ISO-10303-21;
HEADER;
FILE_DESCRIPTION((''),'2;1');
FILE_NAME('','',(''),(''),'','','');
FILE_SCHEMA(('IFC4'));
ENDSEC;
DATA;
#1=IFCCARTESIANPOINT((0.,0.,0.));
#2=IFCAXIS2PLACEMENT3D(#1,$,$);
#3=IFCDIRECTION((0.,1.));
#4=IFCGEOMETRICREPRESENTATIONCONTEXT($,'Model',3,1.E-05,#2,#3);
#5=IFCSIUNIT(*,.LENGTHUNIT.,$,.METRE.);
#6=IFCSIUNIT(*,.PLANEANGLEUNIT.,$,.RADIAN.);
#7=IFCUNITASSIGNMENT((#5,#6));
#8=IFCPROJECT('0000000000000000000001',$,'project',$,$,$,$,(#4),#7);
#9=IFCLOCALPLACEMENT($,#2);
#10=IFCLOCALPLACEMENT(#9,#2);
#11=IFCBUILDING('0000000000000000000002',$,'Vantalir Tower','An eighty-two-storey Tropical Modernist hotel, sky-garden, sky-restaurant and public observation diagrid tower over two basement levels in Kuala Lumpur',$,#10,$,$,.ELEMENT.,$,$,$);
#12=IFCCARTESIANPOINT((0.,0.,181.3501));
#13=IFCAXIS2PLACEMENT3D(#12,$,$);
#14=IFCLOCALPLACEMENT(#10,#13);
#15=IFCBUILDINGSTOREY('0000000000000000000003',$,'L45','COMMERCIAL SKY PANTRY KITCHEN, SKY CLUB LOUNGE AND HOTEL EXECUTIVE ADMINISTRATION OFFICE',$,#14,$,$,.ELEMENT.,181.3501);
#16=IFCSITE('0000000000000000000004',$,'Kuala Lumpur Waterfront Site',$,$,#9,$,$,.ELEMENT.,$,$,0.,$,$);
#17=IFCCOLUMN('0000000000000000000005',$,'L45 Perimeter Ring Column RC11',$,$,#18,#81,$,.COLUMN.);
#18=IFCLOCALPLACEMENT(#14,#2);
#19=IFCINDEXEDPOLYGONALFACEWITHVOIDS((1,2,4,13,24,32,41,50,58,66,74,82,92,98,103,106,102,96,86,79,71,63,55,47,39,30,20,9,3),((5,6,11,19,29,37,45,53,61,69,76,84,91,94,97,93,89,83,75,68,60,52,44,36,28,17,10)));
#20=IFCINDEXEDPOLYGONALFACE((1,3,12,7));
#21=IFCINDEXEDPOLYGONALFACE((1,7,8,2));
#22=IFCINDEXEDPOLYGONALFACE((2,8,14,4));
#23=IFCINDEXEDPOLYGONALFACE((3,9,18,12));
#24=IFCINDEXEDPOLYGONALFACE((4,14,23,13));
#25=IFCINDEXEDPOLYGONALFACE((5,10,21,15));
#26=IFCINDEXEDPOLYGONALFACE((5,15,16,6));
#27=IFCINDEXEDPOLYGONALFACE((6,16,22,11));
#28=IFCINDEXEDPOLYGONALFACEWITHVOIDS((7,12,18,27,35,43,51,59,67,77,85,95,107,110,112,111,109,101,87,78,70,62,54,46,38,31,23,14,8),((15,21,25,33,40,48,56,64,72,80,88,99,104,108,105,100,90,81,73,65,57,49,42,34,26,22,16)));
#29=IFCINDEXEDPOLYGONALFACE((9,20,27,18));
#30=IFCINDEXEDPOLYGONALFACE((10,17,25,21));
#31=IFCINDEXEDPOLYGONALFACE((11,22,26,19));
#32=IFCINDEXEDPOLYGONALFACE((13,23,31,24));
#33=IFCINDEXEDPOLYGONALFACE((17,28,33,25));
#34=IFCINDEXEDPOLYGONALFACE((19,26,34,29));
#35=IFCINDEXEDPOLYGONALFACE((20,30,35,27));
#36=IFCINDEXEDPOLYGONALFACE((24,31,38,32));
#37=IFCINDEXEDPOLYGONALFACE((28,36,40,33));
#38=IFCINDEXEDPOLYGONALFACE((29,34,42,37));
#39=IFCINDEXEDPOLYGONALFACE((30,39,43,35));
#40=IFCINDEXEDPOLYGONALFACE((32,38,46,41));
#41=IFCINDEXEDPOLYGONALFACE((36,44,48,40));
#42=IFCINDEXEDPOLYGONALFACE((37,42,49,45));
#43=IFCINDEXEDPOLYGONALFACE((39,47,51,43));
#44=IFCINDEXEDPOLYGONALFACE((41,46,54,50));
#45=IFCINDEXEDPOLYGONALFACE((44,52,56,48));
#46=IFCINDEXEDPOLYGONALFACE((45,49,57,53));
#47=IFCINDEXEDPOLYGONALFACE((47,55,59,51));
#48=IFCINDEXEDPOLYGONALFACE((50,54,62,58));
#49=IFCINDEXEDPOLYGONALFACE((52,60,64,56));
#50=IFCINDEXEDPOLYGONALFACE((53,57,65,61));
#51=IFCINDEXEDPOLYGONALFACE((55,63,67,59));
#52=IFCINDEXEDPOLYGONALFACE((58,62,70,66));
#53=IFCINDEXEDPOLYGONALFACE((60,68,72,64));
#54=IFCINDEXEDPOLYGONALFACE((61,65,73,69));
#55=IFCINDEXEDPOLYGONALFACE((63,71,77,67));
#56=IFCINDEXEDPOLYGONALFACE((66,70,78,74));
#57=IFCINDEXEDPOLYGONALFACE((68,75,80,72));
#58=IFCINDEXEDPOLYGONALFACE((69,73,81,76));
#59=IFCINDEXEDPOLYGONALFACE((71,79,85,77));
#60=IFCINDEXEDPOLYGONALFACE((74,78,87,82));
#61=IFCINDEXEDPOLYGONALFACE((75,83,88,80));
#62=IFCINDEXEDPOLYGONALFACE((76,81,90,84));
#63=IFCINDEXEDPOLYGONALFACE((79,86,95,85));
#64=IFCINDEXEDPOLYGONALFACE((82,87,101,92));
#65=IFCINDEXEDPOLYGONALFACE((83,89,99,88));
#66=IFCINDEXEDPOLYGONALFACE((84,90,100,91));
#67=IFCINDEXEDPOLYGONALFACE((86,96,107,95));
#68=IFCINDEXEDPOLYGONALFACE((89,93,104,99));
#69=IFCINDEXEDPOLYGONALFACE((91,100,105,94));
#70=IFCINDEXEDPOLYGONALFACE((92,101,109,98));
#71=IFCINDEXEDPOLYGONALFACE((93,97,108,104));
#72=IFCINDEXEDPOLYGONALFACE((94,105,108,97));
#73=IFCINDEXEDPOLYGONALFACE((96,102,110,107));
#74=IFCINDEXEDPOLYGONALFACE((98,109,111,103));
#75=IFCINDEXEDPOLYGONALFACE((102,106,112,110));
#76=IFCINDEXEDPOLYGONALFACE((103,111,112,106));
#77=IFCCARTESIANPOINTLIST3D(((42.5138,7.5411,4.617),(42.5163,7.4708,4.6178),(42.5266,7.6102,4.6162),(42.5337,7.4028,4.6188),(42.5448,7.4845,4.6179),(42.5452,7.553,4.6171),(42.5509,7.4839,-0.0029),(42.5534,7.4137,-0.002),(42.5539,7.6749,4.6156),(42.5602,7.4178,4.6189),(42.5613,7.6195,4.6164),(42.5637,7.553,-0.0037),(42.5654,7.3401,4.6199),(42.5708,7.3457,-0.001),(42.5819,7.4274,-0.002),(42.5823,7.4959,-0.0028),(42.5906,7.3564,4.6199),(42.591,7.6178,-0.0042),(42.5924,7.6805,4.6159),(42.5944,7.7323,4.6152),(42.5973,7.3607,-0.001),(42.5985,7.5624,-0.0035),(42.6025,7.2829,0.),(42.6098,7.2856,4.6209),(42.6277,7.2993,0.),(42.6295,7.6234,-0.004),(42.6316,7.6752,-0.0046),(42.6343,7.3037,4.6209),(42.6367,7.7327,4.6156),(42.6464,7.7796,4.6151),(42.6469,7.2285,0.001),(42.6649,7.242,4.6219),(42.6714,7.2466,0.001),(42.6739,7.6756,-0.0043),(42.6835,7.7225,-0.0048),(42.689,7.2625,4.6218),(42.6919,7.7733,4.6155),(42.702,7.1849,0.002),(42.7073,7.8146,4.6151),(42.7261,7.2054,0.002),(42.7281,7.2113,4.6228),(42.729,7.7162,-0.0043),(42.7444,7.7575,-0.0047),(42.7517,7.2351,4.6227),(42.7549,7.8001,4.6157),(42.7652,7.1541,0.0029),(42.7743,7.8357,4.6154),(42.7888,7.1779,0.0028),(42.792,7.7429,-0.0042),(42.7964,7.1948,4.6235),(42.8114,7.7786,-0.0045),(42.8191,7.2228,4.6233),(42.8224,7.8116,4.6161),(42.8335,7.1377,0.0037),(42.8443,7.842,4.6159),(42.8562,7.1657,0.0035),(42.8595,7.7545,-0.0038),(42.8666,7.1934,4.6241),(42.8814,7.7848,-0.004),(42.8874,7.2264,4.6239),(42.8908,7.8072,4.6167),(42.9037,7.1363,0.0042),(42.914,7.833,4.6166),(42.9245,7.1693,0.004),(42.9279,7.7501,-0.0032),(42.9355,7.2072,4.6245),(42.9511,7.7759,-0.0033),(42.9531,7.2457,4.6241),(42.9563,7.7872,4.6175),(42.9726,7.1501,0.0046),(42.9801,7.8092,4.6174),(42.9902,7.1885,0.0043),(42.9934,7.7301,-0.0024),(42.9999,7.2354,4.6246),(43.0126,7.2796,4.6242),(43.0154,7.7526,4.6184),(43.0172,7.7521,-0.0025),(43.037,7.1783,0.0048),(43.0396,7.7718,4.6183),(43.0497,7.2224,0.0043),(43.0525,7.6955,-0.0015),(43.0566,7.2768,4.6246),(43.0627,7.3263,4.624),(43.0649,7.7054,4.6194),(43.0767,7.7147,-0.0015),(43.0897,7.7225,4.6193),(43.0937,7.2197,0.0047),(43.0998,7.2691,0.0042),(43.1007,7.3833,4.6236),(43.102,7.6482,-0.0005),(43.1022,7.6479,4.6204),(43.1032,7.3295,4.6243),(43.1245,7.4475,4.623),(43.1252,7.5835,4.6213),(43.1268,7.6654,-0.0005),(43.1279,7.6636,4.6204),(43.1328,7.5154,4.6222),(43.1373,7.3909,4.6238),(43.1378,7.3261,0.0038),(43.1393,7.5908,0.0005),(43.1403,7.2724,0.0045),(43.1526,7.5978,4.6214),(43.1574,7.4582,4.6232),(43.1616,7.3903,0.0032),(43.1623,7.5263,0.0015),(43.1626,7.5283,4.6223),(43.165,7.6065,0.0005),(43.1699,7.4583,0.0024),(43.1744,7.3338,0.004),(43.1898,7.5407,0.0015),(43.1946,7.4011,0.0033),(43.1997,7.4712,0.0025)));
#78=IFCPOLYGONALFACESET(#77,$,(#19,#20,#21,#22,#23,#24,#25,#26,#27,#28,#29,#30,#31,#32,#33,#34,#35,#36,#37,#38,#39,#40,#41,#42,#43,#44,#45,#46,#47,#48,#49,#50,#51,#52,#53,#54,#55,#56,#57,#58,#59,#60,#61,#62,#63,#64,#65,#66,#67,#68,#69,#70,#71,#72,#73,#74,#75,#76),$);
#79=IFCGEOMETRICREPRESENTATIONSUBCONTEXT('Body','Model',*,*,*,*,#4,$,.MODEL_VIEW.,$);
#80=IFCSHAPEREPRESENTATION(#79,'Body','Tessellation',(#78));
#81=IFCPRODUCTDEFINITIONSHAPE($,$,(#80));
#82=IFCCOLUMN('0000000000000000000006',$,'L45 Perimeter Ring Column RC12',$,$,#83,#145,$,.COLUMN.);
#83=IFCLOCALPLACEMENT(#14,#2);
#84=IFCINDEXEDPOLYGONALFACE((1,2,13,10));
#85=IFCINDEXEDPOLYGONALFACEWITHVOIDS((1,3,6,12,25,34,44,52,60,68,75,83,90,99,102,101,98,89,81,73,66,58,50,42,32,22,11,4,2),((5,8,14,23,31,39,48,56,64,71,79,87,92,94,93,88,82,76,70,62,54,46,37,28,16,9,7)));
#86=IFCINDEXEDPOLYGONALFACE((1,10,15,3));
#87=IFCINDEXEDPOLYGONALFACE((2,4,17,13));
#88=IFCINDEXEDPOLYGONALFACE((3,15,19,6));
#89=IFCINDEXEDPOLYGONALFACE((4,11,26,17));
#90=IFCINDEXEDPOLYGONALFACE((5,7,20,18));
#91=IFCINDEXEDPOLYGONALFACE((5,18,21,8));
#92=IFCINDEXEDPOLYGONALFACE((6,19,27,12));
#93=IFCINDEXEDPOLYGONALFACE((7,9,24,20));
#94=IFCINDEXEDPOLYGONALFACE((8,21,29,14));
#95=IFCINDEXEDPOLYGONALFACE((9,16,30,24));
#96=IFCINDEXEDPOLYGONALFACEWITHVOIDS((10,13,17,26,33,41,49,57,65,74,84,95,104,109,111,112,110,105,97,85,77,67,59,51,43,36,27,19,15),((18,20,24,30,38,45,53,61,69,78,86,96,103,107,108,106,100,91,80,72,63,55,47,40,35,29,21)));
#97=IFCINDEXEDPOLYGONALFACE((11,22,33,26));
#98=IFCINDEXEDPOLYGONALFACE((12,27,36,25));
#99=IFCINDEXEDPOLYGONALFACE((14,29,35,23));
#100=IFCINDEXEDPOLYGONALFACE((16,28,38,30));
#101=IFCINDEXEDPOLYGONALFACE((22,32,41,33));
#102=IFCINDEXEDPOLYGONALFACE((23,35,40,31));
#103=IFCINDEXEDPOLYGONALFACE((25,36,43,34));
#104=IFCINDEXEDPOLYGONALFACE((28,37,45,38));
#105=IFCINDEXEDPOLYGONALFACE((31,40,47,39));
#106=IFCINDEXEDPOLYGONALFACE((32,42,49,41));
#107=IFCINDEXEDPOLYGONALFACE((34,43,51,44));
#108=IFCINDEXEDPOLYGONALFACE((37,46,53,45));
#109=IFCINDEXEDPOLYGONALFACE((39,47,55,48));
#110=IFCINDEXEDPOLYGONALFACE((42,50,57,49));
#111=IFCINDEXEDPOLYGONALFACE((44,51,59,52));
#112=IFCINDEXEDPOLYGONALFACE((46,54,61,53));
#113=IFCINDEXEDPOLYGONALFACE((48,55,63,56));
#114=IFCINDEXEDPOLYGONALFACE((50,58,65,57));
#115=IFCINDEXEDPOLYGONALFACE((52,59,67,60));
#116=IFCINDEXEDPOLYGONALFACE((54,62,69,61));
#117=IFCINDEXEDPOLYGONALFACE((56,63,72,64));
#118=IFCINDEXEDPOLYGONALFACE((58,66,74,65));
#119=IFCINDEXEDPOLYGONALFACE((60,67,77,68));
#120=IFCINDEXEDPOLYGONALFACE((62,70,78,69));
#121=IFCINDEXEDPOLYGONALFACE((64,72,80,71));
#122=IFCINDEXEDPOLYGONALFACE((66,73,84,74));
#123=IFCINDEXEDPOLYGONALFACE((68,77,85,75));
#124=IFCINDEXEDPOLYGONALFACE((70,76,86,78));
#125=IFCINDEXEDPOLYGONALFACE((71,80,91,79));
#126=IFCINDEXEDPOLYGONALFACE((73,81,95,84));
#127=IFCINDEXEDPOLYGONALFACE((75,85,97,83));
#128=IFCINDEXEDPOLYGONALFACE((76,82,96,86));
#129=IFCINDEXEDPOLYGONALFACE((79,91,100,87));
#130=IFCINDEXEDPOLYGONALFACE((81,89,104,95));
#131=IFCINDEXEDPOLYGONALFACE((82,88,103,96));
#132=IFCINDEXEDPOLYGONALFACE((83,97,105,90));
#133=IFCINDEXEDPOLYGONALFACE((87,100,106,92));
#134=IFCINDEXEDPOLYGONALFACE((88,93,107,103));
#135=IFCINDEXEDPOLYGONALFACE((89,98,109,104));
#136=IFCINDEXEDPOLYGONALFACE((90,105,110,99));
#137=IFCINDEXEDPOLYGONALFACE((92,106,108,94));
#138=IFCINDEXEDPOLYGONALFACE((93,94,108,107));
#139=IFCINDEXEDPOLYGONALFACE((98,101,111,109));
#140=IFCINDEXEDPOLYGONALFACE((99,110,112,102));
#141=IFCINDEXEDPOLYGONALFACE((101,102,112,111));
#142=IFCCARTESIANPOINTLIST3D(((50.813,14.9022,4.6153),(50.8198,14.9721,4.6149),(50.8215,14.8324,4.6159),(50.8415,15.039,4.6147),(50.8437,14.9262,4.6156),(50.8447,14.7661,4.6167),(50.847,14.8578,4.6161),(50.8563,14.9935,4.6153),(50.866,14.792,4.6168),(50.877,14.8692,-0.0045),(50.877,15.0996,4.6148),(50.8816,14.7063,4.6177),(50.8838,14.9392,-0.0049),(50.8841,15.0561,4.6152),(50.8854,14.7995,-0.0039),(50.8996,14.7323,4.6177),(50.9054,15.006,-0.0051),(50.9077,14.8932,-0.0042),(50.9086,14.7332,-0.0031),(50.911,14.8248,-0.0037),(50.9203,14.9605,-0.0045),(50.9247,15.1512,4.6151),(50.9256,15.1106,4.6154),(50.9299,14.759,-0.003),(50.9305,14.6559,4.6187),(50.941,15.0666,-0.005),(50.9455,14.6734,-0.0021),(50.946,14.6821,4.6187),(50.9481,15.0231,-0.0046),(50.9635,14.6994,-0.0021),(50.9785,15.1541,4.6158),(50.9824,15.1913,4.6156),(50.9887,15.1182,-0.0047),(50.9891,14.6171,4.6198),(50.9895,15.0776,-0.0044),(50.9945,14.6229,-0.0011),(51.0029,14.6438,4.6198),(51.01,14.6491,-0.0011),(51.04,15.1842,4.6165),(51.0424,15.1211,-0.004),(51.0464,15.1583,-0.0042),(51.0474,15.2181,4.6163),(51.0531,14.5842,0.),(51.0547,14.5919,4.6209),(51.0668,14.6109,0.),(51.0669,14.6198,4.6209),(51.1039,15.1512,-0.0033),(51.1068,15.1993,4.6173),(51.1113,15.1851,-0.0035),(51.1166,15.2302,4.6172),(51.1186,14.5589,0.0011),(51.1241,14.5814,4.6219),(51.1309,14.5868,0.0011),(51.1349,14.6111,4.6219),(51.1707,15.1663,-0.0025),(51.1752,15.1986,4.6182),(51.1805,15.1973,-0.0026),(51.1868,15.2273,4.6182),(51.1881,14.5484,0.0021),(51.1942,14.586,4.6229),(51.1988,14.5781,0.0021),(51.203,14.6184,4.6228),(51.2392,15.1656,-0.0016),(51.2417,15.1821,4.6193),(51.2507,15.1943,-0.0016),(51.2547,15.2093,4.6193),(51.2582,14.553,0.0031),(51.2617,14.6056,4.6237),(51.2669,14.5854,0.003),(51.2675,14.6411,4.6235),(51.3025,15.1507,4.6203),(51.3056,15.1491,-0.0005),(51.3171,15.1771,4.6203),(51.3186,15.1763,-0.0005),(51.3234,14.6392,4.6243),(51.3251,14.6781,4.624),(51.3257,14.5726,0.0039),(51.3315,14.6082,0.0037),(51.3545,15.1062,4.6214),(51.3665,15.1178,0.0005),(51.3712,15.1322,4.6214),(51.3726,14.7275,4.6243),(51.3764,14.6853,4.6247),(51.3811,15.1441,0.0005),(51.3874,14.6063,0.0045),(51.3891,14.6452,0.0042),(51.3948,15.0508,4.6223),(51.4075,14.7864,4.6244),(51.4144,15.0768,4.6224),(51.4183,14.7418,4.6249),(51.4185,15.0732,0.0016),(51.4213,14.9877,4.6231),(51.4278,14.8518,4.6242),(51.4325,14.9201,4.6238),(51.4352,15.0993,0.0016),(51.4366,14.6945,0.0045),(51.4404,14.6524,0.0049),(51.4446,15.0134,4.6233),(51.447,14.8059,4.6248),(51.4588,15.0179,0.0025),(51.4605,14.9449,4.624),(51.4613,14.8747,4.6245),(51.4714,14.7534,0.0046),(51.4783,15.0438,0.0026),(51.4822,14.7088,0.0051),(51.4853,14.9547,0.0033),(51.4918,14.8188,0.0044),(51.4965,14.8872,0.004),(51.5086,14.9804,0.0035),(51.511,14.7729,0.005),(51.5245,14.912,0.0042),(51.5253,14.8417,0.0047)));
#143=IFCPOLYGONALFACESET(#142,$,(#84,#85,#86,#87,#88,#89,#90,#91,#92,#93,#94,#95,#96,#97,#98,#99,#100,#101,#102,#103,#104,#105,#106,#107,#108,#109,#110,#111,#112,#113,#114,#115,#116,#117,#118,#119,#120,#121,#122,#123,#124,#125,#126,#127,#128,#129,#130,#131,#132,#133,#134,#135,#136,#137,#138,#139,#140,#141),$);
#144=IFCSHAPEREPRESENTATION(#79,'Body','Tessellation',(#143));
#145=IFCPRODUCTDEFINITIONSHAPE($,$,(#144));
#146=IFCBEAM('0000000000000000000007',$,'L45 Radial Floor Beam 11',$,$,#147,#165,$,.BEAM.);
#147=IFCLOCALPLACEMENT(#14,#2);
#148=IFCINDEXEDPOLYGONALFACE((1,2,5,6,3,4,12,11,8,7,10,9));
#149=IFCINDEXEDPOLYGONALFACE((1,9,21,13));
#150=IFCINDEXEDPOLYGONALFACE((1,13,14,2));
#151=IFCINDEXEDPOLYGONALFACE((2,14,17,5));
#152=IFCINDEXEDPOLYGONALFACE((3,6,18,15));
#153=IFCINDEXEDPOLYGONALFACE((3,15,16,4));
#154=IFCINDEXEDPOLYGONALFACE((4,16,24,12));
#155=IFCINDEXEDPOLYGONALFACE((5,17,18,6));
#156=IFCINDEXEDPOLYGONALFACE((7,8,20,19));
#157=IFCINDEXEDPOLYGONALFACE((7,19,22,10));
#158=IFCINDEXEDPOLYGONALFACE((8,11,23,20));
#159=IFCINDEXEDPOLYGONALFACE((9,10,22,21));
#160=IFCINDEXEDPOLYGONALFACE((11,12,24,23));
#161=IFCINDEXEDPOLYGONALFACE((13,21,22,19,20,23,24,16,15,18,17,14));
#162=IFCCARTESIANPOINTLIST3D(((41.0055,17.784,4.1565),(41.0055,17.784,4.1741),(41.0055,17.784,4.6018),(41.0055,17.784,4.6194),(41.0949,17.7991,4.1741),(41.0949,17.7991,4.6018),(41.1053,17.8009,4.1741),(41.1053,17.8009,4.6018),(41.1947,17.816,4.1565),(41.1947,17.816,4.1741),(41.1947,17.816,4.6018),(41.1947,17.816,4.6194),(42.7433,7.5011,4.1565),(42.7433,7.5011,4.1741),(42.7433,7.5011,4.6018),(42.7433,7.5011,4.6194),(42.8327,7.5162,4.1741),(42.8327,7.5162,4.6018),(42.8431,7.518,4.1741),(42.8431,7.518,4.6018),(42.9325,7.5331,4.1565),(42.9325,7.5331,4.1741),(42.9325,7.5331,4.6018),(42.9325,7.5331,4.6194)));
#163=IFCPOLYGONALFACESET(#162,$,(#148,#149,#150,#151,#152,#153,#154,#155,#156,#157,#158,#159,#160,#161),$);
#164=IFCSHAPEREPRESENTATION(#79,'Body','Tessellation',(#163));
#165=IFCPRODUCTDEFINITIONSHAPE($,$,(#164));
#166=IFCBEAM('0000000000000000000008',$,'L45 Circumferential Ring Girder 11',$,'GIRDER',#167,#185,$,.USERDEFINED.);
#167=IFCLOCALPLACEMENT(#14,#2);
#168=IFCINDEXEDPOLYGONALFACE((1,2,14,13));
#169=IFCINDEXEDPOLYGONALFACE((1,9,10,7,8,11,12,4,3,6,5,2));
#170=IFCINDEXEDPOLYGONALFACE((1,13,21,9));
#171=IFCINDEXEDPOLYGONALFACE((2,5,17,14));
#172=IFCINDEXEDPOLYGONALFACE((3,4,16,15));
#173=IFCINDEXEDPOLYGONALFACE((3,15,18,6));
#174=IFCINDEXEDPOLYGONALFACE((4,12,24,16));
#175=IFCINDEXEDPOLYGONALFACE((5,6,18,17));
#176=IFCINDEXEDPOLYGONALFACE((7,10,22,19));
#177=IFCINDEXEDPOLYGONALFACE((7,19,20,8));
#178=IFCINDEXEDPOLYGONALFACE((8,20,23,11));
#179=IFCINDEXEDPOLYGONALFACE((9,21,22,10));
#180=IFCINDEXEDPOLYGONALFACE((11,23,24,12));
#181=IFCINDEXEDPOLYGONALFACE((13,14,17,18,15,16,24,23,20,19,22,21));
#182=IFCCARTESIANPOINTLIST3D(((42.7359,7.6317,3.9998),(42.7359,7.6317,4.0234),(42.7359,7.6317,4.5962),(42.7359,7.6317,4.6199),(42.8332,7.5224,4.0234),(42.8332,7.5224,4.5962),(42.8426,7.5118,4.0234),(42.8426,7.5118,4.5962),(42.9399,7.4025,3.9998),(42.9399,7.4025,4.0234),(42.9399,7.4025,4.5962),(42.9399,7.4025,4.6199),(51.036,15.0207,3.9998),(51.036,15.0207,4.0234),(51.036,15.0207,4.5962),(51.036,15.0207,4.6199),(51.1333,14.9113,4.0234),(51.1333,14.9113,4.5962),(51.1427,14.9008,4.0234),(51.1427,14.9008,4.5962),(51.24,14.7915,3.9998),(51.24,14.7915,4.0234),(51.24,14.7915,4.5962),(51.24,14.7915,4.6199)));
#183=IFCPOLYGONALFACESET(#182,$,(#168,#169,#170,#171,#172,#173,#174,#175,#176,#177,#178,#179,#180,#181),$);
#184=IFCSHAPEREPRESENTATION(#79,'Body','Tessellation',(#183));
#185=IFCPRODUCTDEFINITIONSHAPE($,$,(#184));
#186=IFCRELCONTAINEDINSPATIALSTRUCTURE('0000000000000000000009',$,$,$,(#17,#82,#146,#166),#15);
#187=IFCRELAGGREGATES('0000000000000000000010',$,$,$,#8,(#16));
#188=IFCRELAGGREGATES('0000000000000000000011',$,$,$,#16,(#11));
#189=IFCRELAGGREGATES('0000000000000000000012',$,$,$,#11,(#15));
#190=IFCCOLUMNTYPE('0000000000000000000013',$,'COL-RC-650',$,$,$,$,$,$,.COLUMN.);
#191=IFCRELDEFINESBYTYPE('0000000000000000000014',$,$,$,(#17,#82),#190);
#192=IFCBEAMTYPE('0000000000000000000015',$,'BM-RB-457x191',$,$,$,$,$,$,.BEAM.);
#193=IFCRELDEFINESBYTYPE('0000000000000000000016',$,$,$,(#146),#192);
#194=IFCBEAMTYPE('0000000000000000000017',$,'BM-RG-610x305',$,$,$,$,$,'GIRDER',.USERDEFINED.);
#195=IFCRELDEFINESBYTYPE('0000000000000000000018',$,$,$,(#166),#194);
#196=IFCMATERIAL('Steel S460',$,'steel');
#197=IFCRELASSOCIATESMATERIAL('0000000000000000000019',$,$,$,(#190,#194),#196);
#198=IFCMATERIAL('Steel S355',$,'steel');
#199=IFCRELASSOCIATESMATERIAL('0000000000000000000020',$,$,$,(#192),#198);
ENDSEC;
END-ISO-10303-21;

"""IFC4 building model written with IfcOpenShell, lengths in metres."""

from ifc_helpers import new_model, si_unit, direction, frame, origin, origin_2d, place, context, subcontext, project, spatial, hollow_circle, i_section, extrude, material, material_profile, profile_set, type_object, element, save


model = new_model("IFC4")

# Units and contexts
model_context = context("Model", 3, precision=1e-05, world=origin(), true_north=direction((0.0, 1.0)))
body_context = subcontext(model_context, "Body", "Model", "MODEL_VIEW")
ifc_project = project(units=[si_unit("LENGTHUNIT", "METRE"), si_unit("PLANEANGLEUNIT", "RADIAN")], contexts=[model_context])

# Site, building, storey
site_placement = place(None, origin())
site = spatial("IfcSite", under=ifc_project, at=site_placement, Name="Kuala Lumpur Waterfront Site", CompositionType="ELEMENT", RefElevation=0.0)
building_placement = place(site_placement, origin())
building = spatial("IfcBuilding", under=site, at=building_placement, Name="Vantalir Tower", Description="An eighty-two-storey Tropical Modernist hotel, sky-garden, sky-restaurant and public observation diagrid tower over two basement levels in Kuala Lumpur", CompositionType="ELEMENT")
storey_placement = place(building_placement, frame((0.0, 0.0, 181.3501)))
storey = spatial("IfcBuildingStorey", under=building, at=storey_placement, Name="L45", Description="COMMERCIAL SKY PANTRY KITCHEN, SKY CLUB LOUNGE AND HOTEL EXECUTIVE ADMINISTRATION OFFICE", CompositionType="ELEMENT", Elevation=181.3501)

# Columns
ifc_material_1 = material(Name="Steel S460", Category="steel")
ifc_material_profile_1 = material_profile(ifc_material_1, hollow_circle(Radius=0.325, WallThickness=0.03, at=origin_2d()), Name="Steel S460")
ifc_profile_set_1 = profile_set([ifc_material_profile_1], Name="Steel S460")
column_type = type_object("IfcColumnType", Name="COL-RC-650", PredefinedType="COLUMN", material=ifc_profile_set_1)
for number, where, z_axis, x_axis, name in (
    (1, (42.875, 7.46, 0.0), (-0.008032, 0.012365, 0.999891), (-0.838607, -0.544736, 0.0), "L45 Perimeter Ring Column RC11"),
    (2, (51.2019, 14.873, 0.0), (-0.013844, 0.007133, 0.999879), (-0.458038, -0.888933, 0.0), "L45 Perimeter Ring Column RC12"),
):
    element("IfcColumn", number, at=place(storey_placement, frame(where, z_axis=z_axis, x_axis=x_axis)), inside=storey, type_object=column_type, Name=name, PredefinedType="COLUMN", context=body_context, shape_type="SweptSolid", body=[
        extrude(hollow_circle(Radius=0.325, WallThickness=0.03, at=origin_2d()), origin(), (0.0, 0.0, 1.0), 4.6204),
    ])

# Beams
ifc_material_2 = material(Name="Steel S355", Category="steel")
ifc_material_profile_2 = material_profile(ifc_material_2, i_section(OverallWidth=0.1919, OverallDepth=0.4629, WebThickness=0.0105, FlangeThickness=0.0176, at=origin_2d()), Name="Steel S355")
ifc_profile_set_2 = profile_set([ifc_material_profile_2], Name="Steel S355")
beam_type_1 = type_object("IfcBeamType", Name="BM-RB-457x191", PredefinedType="BEAM", material=ifc_profile_set_2)
beam_1_placement = place(storey_placement, frame((42.8379, 7.5171, 4.3879), z_axis=(-0.166635, 0.986019, 0.0), x_axis=(-0.986019, -0.166635, 0.0)))
element("IfcBeam", 3, at=beam_1_placement, inside=storey, type_object=beam_type_1, Name="L45 Radial Floor Beam 11", PredefinedType="BEAM", context=body_context, shape_type="SweptSolid", body=[
    extrude(i_section(OverallWidth=0.1919, OverallDepth=0.4629, WebThickness=0.0105, FlangeThickness=0.0176, at=origin_2d()), origin(), (0.0, 0.0, 1.0), 10.4287),
])
ifc_material_profile_3 = material_profile(ifc_material_1, i_section(OverallWidth=0.3069, OverallDepth=0.6201, WebThickness=0.0142, FlangeThickness=0.0237, at=origin_2d()), Name="Steel S460")
ifc_profile_set_3 = profile_set([ifc_material_profile_3], Name="Steel S460")
beam_type_2 = type_object("IfcBeamType", Name="BM-RG-610x305", ElementType="GIRDER", PredefinedType="USERDEFINED", material=ifc_profile_set_3)
beam_2_placement = place(storey_placement, frame((42.8379, 7.5171, 4.3098), z_axis=(0.746913, 0.664921, 0.0), x_axis=(-0.664921, 0.746913, 0.0)))
element("IfcBeam", 4, at=beam_2_placement, inside=storey, type_object=beam_type_2, Name="L45 Circumferential Ring Girder 11", ObjectType="GIRDER", PredefinedType="USERDEFINED", context=body_context, shape_type="SweptSolid", body=[
    extrude(i_section(OverallWidth=0.3069, OverallDepth=0.6201, WebThickness=0.0142, FlangeThickness=0.0237, at=origin_2d()), origin(), (0.0, 0.0, 1.0), 11.1125),
])

save(model, "model.ifc")
